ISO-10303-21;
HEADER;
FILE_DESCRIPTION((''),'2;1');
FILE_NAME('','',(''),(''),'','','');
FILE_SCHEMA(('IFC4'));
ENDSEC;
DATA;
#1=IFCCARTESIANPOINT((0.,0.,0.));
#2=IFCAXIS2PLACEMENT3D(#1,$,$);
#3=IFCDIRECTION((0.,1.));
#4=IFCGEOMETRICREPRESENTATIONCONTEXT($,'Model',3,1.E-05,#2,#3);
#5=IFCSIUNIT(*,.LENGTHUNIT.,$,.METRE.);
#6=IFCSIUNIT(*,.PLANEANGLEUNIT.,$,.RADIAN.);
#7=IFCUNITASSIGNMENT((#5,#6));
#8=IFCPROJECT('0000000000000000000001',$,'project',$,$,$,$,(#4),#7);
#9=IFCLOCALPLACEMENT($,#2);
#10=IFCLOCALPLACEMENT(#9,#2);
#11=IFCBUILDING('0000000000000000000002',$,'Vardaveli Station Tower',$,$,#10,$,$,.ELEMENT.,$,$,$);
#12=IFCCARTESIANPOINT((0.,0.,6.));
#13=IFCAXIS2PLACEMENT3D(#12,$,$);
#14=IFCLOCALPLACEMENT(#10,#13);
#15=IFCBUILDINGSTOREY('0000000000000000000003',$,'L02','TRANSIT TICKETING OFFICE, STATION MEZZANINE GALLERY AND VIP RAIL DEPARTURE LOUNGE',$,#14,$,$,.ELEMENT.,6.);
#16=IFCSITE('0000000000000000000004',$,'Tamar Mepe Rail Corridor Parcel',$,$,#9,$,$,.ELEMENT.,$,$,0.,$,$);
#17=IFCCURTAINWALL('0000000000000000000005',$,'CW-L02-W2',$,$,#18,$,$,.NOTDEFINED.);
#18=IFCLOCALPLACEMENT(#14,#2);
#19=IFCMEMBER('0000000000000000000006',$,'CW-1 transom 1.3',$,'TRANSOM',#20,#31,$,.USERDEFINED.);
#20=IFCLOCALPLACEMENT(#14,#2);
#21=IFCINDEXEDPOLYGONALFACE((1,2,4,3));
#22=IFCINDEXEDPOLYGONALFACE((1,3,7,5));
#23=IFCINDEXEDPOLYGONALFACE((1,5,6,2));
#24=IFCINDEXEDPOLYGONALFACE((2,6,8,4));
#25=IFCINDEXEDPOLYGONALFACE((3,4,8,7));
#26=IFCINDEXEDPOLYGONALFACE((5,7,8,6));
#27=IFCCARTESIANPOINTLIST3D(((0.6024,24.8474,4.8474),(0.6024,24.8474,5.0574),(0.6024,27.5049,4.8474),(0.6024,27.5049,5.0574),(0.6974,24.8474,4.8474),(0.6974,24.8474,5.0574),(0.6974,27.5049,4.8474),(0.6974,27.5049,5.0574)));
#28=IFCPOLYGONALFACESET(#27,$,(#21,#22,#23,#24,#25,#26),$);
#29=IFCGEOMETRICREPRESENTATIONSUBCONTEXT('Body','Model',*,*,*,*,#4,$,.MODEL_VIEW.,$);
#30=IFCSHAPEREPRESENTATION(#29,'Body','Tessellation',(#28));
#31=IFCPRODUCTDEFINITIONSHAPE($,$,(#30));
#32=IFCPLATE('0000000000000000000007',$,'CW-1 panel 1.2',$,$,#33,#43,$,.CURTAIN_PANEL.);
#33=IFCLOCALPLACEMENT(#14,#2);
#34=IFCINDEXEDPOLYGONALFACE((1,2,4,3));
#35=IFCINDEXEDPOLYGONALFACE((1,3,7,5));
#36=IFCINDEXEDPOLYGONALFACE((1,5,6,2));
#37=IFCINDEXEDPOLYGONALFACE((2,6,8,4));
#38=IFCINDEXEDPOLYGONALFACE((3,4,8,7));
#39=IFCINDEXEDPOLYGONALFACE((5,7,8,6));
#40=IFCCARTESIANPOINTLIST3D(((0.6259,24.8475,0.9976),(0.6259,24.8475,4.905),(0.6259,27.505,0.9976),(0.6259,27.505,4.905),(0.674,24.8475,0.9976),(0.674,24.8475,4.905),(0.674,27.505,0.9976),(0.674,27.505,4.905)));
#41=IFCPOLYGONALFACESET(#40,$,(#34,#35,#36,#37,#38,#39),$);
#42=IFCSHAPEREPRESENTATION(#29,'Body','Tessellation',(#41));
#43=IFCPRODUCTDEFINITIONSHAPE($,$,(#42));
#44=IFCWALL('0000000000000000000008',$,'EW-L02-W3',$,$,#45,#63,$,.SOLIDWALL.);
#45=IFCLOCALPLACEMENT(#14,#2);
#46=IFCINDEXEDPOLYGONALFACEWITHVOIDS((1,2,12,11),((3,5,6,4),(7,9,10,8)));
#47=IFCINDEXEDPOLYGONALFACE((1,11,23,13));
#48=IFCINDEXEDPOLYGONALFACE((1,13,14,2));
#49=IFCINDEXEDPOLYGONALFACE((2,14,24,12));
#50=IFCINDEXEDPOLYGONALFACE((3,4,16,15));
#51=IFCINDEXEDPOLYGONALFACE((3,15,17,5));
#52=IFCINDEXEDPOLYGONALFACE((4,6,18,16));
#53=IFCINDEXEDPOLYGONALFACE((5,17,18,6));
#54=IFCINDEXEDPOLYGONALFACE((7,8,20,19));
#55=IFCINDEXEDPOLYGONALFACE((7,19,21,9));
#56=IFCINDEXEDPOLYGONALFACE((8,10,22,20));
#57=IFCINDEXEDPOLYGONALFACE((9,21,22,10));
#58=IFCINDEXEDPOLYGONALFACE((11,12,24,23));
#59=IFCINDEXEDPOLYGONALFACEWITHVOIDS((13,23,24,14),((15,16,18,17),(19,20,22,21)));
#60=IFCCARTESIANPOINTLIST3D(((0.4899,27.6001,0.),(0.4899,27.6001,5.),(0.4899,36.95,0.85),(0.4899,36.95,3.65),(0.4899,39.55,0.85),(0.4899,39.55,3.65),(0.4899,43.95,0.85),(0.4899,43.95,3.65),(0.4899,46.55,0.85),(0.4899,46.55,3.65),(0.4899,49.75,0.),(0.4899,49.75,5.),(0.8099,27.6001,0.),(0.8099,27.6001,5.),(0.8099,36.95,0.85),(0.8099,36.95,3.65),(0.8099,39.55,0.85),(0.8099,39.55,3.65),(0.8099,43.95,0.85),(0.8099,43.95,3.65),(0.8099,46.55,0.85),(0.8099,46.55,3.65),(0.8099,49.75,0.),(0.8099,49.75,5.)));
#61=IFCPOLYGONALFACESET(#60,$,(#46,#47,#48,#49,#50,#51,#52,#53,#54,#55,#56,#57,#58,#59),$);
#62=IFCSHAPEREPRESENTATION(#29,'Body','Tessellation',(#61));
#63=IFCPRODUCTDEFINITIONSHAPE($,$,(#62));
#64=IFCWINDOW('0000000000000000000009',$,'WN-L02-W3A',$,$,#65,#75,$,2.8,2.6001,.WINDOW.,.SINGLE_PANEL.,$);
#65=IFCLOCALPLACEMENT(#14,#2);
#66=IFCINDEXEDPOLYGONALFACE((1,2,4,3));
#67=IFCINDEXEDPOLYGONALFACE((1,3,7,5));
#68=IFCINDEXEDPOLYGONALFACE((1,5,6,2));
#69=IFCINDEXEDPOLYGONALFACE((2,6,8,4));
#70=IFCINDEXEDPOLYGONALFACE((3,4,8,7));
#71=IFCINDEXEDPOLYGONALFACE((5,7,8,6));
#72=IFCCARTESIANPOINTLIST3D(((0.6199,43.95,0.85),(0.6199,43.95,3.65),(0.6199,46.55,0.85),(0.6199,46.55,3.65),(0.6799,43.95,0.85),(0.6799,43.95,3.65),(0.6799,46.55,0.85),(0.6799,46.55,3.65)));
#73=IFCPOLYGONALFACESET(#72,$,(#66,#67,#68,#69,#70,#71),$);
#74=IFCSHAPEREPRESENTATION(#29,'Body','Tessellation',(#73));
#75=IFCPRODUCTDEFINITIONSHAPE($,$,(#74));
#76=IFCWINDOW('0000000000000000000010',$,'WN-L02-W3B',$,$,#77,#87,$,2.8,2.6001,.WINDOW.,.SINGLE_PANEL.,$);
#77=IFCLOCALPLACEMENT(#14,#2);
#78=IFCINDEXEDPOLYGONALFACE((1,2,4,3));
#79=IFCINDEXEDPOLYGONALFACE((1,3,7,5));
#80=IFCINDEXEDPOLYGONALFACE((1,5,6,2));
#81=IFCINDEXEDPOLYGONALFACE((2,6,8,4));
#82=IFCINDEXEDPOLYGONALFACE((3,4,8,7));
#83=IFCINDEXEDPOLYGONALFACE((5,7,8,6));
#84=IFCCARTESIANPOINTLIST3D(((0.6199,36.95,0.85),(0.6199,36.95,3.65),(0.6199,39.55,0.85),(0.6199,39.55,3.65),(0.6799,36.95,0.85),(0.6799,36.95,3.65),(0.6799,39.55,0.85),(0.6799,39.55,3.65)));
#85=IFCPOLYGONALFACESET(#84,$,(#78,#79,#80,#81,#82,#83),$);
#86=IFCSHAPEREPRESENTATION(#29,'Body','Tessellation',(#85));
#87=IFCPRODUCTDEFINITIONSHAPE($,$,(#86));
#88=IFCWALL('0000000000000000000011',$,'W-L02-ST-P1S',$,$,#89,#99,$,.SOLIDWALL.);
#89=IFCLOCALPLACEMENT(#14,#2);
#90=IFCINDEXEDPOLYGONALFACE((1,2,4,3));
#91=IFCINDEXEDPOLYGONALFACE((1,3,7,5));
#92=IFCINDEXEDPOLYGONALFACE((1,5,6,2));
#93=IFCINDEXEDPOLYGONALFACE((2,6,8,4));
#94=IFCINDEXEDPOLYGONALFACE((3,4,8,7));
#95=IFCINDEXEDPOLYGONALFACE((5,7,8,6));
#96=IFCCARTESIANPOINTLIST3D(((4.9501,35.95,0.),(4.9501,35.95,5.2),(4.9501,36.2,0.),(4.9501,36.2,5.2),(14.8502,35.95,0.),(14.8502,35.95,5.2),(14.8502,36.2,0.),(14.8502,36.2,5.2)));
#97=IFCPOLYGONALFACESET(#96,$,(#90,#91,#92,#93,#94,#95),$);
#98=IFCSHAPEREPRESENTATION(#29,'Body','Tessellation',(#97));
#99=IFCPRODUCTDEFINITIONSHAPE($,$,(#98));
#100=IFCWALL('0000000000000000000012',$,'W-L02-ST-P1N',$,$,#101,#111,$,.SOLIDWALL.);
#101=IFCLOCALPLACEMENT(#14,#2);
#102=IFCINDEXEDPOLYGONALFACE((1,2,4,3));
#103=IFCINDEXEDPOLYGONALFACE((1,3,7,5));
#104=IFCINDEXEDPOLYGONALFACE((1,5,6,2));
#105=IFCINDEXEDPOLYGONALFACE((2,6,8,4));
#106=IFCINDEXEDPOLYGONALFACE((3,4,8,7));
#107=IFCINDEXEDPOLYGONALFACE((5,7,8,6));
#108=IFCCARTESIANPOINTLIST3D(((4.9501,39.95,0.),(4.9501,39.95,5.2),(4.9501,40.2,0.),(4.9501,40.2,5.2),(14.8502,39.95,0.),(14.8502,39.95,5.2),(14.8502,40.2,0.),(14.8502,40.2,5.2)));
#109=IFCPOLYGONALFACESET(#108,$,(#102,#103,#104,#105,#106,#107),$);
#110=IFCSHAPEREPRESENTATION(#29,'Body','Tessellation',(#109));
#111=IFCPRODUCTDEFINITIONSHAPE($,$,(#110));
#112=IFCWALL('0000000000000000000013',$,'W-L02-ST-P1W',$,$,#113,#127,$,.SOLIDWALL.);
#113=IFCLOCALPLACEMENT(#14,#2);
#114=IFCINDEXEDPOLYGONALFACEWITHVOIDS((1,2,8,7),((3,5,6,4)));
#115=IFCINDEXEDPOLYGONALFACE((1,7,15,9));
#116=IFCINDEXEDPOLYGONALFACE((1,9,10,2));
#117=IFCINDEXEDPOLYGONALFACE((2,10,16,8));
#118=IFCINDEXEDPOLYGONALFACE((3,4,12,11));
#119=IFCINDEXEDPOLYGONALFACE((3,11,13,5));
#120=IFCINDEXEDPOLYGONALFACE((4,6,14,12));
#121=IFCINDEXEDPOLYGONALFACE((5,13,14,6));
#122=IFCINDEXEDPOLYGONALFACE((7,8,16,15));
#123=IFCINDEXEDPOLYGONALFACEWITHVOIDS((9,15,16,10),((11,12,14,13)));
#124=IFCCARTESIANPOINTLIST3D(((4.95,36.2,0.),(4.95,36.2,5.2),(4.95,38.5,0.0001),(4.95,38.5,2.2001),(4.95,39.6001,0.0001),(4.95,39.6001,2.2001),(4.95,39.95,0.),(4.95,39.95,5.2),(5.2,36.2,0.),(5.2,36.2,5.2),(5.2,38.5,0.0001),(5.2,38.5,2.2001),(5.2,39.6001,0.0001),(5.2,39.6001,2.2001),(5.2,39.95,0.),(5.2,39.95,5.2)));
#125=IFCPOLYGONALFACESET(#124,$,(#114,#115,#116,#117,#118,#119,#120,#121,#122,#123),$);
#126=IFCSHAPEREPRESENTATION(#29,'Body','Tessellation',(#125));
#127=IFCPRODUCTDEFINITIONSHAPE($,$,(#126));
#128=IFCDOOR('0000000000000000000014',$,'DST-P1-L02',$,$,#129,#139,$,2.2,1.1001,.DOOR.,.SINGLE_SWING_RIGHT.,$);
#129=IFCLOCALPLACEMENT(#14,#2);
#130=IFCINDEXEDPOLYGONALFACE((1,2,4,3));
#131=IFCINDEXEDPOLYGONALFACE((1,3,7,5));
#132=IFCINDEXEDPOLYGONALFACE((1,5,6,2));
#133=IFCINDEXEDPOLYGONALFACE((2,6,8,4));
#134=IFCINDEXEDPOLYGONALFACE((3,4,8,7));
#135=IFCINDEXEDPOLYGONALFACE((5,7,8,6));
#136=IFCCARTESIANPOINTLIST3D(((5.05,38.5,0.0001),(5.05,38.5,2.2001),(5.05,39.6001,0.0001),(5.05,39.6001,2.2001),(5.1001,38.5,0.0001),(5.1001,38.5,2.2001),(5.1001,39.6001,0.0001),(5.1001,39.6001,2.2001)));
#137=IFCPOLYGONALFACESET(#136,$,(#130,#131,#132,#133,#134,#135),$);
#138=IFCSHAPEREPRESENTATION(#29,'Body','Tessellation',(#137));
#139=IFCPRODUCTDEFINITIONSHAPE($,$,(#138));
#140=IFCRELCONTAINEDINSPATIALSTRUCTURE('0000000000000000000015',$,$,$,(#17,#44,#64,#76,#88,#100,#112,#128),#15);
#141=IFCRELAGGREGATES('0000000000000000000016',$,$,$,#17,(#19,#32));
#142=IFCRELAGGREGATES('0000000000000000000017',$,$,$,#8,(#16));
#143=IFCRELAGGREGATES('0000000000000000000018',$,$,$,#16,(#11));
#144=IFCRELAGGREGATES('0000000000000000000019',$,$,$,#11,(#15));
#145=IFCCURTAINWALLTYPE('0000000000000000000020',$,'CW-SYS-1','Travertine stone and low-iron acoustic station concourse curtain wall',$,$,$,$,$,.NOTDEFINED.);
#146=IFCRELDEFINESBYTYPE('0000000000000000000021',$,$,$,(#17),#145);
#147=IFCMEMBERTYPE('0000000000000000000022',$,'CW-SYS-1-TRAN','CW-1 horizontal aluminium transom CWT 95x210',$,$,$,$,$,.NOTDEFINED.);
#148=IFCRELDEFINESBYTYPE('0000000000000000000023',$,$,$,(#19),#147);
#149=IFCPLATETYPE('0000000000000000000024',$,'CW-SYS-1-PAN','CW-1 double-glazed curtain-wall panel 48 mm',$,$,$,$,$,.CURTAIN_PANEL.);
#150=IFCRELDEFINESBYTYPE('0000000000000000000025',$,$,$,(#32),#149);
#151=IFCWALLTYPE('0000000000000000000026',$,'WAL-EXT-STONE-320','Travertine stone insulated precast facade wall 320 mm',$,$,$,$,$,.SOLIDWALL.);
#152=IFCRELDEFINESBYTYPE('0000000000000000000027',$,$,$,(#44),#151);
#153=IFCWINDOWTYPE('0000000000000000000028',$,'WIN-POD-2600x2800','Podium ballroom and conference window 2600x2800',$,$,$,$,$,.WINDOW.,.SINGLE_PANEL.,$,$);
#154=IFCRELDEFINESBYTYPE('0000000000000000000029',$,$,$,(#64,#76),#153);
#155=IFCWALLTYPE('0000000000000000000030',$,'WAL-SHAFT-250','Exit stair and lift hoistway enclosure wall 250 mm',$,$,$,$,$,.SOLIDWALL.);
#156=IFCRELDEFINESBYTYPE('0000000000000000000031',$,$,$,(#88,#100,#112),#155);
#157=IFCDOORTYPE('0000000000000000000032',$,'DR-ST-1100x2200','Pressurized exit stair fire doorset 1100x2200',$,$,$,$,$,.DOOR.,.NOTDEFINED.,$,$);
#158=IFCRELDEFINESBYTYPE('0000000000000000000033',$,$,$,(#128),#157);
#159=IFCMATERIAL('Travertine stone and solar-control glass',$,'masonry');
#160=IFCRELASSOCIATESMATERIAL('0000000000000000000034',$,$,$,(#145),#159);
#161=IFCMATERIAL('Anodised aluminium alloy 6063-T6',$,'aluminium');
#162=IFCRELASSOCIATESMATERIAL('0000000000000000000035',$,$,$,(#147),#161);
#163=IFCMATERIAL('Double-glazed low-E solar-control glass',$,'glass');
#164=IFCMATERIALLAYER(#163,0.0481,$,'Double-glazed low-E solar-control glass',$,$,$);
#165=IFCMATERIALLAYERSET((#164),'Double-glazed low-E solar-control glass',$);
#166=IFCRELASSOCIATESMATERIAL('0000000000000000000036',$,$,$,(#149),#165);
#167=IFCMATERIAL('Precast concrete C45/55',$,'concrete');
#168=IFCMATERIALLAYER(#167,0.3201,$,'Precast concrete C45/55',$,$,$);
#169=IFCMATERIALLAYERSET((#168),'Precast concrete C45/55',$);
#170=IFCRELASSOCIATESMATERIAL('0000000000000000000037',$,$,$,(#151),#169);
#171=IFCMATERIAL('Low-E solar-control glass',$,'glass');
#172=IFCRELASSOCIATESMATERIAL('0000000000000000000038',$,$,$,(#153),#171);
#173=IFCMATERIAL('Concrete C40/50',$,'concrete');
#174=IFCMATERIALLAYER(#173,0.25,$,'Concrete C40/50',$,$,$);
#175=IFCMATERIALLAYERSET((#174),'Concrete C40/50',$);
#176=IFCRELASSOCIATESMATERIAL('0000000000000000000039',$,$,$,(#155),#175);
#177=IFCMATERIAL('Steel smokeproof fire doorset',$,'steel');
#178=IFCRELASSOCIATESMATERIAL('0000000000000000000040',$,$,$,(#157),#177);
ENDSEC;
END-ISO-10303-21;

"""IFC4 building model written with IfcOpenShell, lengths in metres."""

from ifc_helpers import new_model, si_unit, direction, frame, frame_2d, origin, origin_2d, place, context, subcontext, project, spatial, rectangle, extrude, source, transform, mapped, material, layer, layer_set, material_profile, profile_set, type_object, element, fill, aggregate, save


model = new_model("IFC4")

# Units and contexts
model_context = context("Model", 3, precision=1e-05, world=origin(), true_north=direction((0.0, 1.0)))
body_context = subcontext(model_context, "Body", "Model", "MODEL_VIEW")
ifc_project = project(units=[si_unit("LENGTHUNIT", "METRE"), si_unit("PLANEANGLEUNIT", "RADIAN")], contexts=[model_context])

# Site, building, storey
site_placement = place(None, origin())
site = spatial("IfcSite", under=ifc_project, at=site_placement, Name="Tamar Mepe Rail Corridor Parcel", CompositionType="ELEMENT", RefElevation=0.0)
building_placement = place(site_placement, origin())
building = spatial("IfcBuilding", under=site, at=building_placement, Name="Vardaveli Station Tower", CompositionType="ELEMENT")
storey_placement = place(building_placement, frame((0.0, 0.0, 6.0)))
storey = spatial("IfcBuildingStorey", under=building, at=storey_placement, Name="L02", Description="TRANSIT TICKETING OFFICE, STATION MEZZANINE GALLERY AND VIP RAIL DEPARTURE LOUNGE", CompositionType="ELEMENT", Elevation=6.0)

# Curtain wall, member, plate
ifc_material_1 = material(Name="Travertine stone and solar-control glass", Category="masonry")
curtain_wall_type = type_object("IfcCurtainWallType", Name="CW-SYS-1", Description="Travertine stone and low-iron acoustic station concourse curtain wall", PredefinedType="NOTDEFINED", material=ifc_material_1)
curtain_wall_placement = place(storey_placement, origin())
curtain_wall = element("IfcCurtainWall", 1, at=curtain_wall_placement, inside=storey, type_object=curtain_wall_type, Name="CW-L02-W2", PredefinedType="NOTDEFINED")
ifc_material_2 = material(Name="Anodised aluminium alloy 6063-T6", Category="aluminium")
ifc_material_profile_1 = material_profile(ifc_material_2, rectangle(XDim=0.095, YDim=0.21, at=origin_2d()), Name="CWT 95x210")
ifc_profile_set_1 = profile_set([ifc_material_profile_1], Name="Anodised aluminium alloy 6063-T6")
member_type_1 = type_object("IfcMemberType", Name="CW-SYS-1-TRAN", Description="CW-1 horizontal aluminium transom CWT 95x210", PredefinedType="NOTDEFINED", material=ifc_profile_set_1)
shared_shape_1 = source(origin(), body_context, "Body", "SweptSolid", [
    extrude(rectangle(XDim=0.095, YDim=0.21, at=origin_2d()), origin(), (0.0, 0.0, 1.0), 2.6575),
])
member_1_placement = place(storey_placement, frame((0.6499, 27.5049, 4.9524), z_axis=(0.0, -1.0, 0.0), x_axis=(1.0, 0.0, 0.0)))
member_1 = element("IfcMember", 2, at=member_1_placement, type_object=member_type_1, Name="CW-1 transom 1.3", ObjectType="TRANSOM", PredefinedType="USERDEFINED", context=body_context, shape_type="MappedRepresentation", body=[
    mapped(shared_shape_1, transform((0.0, 0.0, 0.0), scale=1.0)),
])
ifc_material_3 = material(Name="Double-glazed low-E solar-control glass", Category="glass")
ifc_layer_1 = layer(ifc_material_3, 0.0481, Name="Double-glazed low-E solar-control glass")
ifc_layer_set_1 = layer_set([ifc_layer_1], Name="Double-glazed low-E solar-control glass")
plate_type = type_object("IfcPlateType", Name="CW-SYS-1-PAN", Description="CW-1 double-glazed curtain-wall panel 48 mm", PredefinedType="CURTAIN_PANEL", material=ifc_layer_set_1)
shared_shape_2 = source(origin(), body_context, "Body", "SweptSolid", [
    extrude(rectangle(XDim=2.6575, YDim=0.0481, at=origin_2d()), origin(), (0.0, 0.0, 1.0), 3.9075),
])
plate_placement = place(storey_placement, frame((0.6499, 26.1763, 0.9976), z_axis=(0.0, 0.0, 1.0), x_axis=(0.0, -1.0, 0.0)))
plate = element("IfcPlate", 3, at=plate_placement, type_object=plate_type, Name="CW-1 panel 1.2", PredefinedType="CURTAIN_PANEL", context=body_context, shape_type="MappedRepresentation", body=[
    mapped(shared_shape_2, transform((0.0, 0.0, 0.0), scale=1.0)),
])
aggregate(curtain_wall, [member_1, plate])

# Wall, openings, windows
ifc_material_4 = material(Name="Precast concrete C45/55", Category="concrete")
ifc_layer_2 = layer(ifc_material_4, 0.3201, Name="Precast concrete C45/55")
ifc_layer_set_2 = layer_set([ifc_layer_2], Name="Precast concrete C45/55")
wall_type_1 = type_object("IfcWallType", Name="WAL-EXT-STONE-320", Description="Travertine stone insulated precast facade wall 320 mm", PredefinedType="SOLIDWALL", material=ifc_layer_set_2)
shared_shape_3 = source(origin(), body_context, "Body", "SweptSolid", [
    extrude(rectangle(XDim=22.1499, YDim=0.3201, at=frame_2d((11.075, 0.0))), origin(), (0.0, 0.0, 1.0), 5.0),
])
wall_1_placement = place(storey_placement, frame((0.6499, 49.75, 0.0), z_axis=(0.0, 0.0, 1.0), x_axis=(0.0, -1.0, 0.0)))
wall_1 = element("IfcWall", 4, at=wall_1_placement, inside=storey, type_object=wall_type_1, Name="EW-L02-W3", PredefinedType="SOLIDWALL", context=body_context, shape_type="MappedRepresentation", body=[
    mapped(shared_shape_3, transform((0.0, 0.0, 0.0), scale=1.0)),
])
shared_shape_4 = source(origin(), body_context, "Body", "SweptSolid", [
    extrude(rectangle(XDim=2.6001, YDim=2.8, at=frame_2d((1.3, 1.3999))), frame((0.0, 0.1699, 0.0), z_axis=(0.0, -1.0, 0.0), x_axis=(1.0, 0.0, 0.0)), (0.0, 0.0, 1.0), 0.3401),
])
opening_1_placement = place(wall_1_placement, frame((3.2, 0.0, 0.8501)))
opening_1 = element("IfcOpeningElement", 5, at=opening_1_placement, cuts=wall_1, PredefinedType="OPENING", context=body_context, shape_type="MappedRepresentation", body=[
    mapped(shared_shape_4, transform((0.0, 0.0, 0.0), scale=1.0)),
])
opening_2_placement = place(wall_1_placement, frame((10.2, 0.0, 0.8501)))
opening_2 = element("IfcOpeningElement", 6, at=opening_2_placement, cuts=wall_1, PredefinedType="OPENING", context=body_context, shape_type="MappedRepresentation", body=[
    mapped(shared_shape_4, transform((0.0, 0.0, 0.0), scale=1.0)),
])
ifc_material_5 = material(Name="Low-E solar-control glass", Category="glass")
window_type = type_object("IfcWindowType", Name="WIN-POD-2600x2800", Description="Podium ballroom and conference window 2600x2800", PartitioningType="SINGLE_PANEL", PredefinedType="WINDOW", material=ifc_material_5)
shared_shape_5 = source(origin(), body_context, "Body", "SweptSolid", [
    extrude(rectangle(XDim=2.6001, YDim=2.8, at=frame_2d((1.3, 1.3999))), frame((0.0, 0.03, 0.0), z_axis=(0.0, -1.0, 0.0), x_axis=(1.0, 0.0, 0.0)), (0.0, 0.0, 1.0), 0.0601),
])
window_1_placement = place(opening_1_placement, origin())
window_1 = element("IfcWindow", 7, at=window_1_placement, inside=storey, type_object=window_type, Name="WN-L02-W3A", OverallHeight=2.8, OverallWidth=2.6001, PartitioningType="SINGLE_PANEL", PredefinedType="WINDOW", context=body_context, shape_type="MappedRepresentation", body=[
    mapped(shared_shape_5, transform((0.0, 0.0, 0.0), scale=1.0)),
])
fill(opening_1, window_1)
window_2_placement = place(opening_2_placement, origin())
window_2 = element("IfcWindow", 8, at=window_2_placement, inside=storey, type_object=window_type, Name="WN-L02-W3B", OverallHeight=2.8, OverallWidth=2.6001, PartitioningType="SINGLE_PANEL", PredefinedType="WINDOW", context=body_context, shape_type="MappedRepresentation", body=[
    mapped(shared_shape_5, transform((0.0, 0.0, 0.0), scale=1.0)),
])
fill(opening_2, window_2)

# Walls
ifc_material_6 = material(Name="Concrete C40/50", Category="concrete")
ifc_layer_3 = layer(ifc_material_6, 0.25, Name="Concrete C40/50")
ifc_layer_set_3 = layer_set([ifc_layer_3], Name="Concrete C40/50")
wall_type_2 = type_object("IfcWallType", Name="WAL-SHAFT-250", Description="Exit stair and lift hoistway enclosure wall 250 mm", PredefinedType="SOLIDWALL", material=ifc_layer_set_3)
shared_shape_6 = source(origin(), body_context, "Body", "SweptSolid", [
    extrude(rectangle(XDim=9.9001, YDim=0.25, at=frame_2d((4.9502, 0.0))), origin(), (0.0, 0.0, 1.0), 5.2),
])
for number, where, z_axis, x_axis, name in (
    (9, (4.95, 36.075, 0.0), (0.0, 0.0, 1.0), (1.0, 0.0, 0.0), "W-L02-ST-P1S"),
    (10, (4.95, 40.075, 0.0), (0.0, 0.0, 1.0), (1.0, 0.0, 0.0), "W-L02-ST-P1N"),
):
    element("IfcWall", number, at=place(storey_placement, frame(where, z_axis=z_axis, x_axis=x_axis)), inside=storey, type_object=wall_type_2, Name=name, PredefinedType="SOLIDWALL", context=body_context, shape_type="MappedRepresentation", body=[
        mapped(shared_shape_6, transform((0.0, 0.0, 0.0), scale=1.0)),
    ])

# Wall, opening, door
shared_shape_7 = source(origin(), body_context, "Body", "SweptSolid", [
    extrude(rectangle(XDim=3.75, YDim=0.25, at=frame_2d((1.875, 0.0))), origin(), (0.0, 0.0, 1.0), 5.2),
])
wall_2_placement = place(storey_placement, frame((5.075, 36.2, 0.0), z_axis=(0.0, 0.0, 1.0), x_axis=(0.0, 1.0, 0.0)))
wall_2 = element("IfcWall", 11, at=wall_2_placement, inside=storey, type_object=wall_type_2, Name="W-L02-ST-P1W", PredefinedType="SOLIDWALL", context=body_context, shape_type="MappedRepresentation", body=[
    mapped(shared_shape_7, transform((0.0, 0.0, 0.0), scale=1.0)),
])
shared_shape_8 = source(origin(), body_context, "Body", "SweptSolid", [
    extrude(rectangle(XDim=1.1001, YDim=2.2, at=frame_2d((0.55, 1.1001))), frame((0.0, 0.135, 0.0), z_axis=(0.0, -1.0, 0.0), x_axis=(1.0, 0.0, 0.0)), (0.0, 0.0, 1.0), 0.27),
])
opening_3_placement = place(wall_2_placement, frame((2.3, 0.0, 0.0)))
opening_3 = element("IfcOpeningElement", 12, at=opening_3_placement, cuts=wall_2, PredefinedType="OPENING", context=body_context, shape_type="MappedRepresentation", body=[
    mapped(shared_shape_8, transform((0.0, 0.0, 0.0), scale=1.0)),
])
ifc_material_7 = material(Name="Steel smokeproof fire doorset", Category="steel")
door_type_1 = type_object("IfcDoorType", Name="DR-ST-1100x2200", Description="Pressurized exit stair fire doorset 1100x2200", OperationType="NOTDEFINED", PredefinedType="DOOR", material=ifc_material_7)
shared_shape_9 = source(origin(), body_context, "Body", "SweptSolid", [
    extrude(rectangle(XDim=1.1001, YDim=2.2, at=frame_2d((0.55, 1.1001))), frame((0.0, 0.0249, 0.0), z_axis=(0.0, -1.0, 0.0), x_axis=(1.0, 0.0, 0.0)), (0.0, 0.0, 1.0), 0.05),
])
door_1_placement = place(opening_3_placement, origin())
door_1 = element("IfcDoor", 13, at=door_1_placement, inside=storey, type_object=door_type_1, Name="DST-P1-L02", OperationType="SINGLE_SWING_RIGHT", OverallHeight=2.2, OverallWidth=1.1001, PredefinedType="DOOR", context=body_context, shape_type="MappedRepresentation", body=[
    mapped(shared_shape_9, transform((0.0, 0.0, 0.0), scale=1.0)),
])
fill(opening_3, door_1)

save(model, "model.ifc")
